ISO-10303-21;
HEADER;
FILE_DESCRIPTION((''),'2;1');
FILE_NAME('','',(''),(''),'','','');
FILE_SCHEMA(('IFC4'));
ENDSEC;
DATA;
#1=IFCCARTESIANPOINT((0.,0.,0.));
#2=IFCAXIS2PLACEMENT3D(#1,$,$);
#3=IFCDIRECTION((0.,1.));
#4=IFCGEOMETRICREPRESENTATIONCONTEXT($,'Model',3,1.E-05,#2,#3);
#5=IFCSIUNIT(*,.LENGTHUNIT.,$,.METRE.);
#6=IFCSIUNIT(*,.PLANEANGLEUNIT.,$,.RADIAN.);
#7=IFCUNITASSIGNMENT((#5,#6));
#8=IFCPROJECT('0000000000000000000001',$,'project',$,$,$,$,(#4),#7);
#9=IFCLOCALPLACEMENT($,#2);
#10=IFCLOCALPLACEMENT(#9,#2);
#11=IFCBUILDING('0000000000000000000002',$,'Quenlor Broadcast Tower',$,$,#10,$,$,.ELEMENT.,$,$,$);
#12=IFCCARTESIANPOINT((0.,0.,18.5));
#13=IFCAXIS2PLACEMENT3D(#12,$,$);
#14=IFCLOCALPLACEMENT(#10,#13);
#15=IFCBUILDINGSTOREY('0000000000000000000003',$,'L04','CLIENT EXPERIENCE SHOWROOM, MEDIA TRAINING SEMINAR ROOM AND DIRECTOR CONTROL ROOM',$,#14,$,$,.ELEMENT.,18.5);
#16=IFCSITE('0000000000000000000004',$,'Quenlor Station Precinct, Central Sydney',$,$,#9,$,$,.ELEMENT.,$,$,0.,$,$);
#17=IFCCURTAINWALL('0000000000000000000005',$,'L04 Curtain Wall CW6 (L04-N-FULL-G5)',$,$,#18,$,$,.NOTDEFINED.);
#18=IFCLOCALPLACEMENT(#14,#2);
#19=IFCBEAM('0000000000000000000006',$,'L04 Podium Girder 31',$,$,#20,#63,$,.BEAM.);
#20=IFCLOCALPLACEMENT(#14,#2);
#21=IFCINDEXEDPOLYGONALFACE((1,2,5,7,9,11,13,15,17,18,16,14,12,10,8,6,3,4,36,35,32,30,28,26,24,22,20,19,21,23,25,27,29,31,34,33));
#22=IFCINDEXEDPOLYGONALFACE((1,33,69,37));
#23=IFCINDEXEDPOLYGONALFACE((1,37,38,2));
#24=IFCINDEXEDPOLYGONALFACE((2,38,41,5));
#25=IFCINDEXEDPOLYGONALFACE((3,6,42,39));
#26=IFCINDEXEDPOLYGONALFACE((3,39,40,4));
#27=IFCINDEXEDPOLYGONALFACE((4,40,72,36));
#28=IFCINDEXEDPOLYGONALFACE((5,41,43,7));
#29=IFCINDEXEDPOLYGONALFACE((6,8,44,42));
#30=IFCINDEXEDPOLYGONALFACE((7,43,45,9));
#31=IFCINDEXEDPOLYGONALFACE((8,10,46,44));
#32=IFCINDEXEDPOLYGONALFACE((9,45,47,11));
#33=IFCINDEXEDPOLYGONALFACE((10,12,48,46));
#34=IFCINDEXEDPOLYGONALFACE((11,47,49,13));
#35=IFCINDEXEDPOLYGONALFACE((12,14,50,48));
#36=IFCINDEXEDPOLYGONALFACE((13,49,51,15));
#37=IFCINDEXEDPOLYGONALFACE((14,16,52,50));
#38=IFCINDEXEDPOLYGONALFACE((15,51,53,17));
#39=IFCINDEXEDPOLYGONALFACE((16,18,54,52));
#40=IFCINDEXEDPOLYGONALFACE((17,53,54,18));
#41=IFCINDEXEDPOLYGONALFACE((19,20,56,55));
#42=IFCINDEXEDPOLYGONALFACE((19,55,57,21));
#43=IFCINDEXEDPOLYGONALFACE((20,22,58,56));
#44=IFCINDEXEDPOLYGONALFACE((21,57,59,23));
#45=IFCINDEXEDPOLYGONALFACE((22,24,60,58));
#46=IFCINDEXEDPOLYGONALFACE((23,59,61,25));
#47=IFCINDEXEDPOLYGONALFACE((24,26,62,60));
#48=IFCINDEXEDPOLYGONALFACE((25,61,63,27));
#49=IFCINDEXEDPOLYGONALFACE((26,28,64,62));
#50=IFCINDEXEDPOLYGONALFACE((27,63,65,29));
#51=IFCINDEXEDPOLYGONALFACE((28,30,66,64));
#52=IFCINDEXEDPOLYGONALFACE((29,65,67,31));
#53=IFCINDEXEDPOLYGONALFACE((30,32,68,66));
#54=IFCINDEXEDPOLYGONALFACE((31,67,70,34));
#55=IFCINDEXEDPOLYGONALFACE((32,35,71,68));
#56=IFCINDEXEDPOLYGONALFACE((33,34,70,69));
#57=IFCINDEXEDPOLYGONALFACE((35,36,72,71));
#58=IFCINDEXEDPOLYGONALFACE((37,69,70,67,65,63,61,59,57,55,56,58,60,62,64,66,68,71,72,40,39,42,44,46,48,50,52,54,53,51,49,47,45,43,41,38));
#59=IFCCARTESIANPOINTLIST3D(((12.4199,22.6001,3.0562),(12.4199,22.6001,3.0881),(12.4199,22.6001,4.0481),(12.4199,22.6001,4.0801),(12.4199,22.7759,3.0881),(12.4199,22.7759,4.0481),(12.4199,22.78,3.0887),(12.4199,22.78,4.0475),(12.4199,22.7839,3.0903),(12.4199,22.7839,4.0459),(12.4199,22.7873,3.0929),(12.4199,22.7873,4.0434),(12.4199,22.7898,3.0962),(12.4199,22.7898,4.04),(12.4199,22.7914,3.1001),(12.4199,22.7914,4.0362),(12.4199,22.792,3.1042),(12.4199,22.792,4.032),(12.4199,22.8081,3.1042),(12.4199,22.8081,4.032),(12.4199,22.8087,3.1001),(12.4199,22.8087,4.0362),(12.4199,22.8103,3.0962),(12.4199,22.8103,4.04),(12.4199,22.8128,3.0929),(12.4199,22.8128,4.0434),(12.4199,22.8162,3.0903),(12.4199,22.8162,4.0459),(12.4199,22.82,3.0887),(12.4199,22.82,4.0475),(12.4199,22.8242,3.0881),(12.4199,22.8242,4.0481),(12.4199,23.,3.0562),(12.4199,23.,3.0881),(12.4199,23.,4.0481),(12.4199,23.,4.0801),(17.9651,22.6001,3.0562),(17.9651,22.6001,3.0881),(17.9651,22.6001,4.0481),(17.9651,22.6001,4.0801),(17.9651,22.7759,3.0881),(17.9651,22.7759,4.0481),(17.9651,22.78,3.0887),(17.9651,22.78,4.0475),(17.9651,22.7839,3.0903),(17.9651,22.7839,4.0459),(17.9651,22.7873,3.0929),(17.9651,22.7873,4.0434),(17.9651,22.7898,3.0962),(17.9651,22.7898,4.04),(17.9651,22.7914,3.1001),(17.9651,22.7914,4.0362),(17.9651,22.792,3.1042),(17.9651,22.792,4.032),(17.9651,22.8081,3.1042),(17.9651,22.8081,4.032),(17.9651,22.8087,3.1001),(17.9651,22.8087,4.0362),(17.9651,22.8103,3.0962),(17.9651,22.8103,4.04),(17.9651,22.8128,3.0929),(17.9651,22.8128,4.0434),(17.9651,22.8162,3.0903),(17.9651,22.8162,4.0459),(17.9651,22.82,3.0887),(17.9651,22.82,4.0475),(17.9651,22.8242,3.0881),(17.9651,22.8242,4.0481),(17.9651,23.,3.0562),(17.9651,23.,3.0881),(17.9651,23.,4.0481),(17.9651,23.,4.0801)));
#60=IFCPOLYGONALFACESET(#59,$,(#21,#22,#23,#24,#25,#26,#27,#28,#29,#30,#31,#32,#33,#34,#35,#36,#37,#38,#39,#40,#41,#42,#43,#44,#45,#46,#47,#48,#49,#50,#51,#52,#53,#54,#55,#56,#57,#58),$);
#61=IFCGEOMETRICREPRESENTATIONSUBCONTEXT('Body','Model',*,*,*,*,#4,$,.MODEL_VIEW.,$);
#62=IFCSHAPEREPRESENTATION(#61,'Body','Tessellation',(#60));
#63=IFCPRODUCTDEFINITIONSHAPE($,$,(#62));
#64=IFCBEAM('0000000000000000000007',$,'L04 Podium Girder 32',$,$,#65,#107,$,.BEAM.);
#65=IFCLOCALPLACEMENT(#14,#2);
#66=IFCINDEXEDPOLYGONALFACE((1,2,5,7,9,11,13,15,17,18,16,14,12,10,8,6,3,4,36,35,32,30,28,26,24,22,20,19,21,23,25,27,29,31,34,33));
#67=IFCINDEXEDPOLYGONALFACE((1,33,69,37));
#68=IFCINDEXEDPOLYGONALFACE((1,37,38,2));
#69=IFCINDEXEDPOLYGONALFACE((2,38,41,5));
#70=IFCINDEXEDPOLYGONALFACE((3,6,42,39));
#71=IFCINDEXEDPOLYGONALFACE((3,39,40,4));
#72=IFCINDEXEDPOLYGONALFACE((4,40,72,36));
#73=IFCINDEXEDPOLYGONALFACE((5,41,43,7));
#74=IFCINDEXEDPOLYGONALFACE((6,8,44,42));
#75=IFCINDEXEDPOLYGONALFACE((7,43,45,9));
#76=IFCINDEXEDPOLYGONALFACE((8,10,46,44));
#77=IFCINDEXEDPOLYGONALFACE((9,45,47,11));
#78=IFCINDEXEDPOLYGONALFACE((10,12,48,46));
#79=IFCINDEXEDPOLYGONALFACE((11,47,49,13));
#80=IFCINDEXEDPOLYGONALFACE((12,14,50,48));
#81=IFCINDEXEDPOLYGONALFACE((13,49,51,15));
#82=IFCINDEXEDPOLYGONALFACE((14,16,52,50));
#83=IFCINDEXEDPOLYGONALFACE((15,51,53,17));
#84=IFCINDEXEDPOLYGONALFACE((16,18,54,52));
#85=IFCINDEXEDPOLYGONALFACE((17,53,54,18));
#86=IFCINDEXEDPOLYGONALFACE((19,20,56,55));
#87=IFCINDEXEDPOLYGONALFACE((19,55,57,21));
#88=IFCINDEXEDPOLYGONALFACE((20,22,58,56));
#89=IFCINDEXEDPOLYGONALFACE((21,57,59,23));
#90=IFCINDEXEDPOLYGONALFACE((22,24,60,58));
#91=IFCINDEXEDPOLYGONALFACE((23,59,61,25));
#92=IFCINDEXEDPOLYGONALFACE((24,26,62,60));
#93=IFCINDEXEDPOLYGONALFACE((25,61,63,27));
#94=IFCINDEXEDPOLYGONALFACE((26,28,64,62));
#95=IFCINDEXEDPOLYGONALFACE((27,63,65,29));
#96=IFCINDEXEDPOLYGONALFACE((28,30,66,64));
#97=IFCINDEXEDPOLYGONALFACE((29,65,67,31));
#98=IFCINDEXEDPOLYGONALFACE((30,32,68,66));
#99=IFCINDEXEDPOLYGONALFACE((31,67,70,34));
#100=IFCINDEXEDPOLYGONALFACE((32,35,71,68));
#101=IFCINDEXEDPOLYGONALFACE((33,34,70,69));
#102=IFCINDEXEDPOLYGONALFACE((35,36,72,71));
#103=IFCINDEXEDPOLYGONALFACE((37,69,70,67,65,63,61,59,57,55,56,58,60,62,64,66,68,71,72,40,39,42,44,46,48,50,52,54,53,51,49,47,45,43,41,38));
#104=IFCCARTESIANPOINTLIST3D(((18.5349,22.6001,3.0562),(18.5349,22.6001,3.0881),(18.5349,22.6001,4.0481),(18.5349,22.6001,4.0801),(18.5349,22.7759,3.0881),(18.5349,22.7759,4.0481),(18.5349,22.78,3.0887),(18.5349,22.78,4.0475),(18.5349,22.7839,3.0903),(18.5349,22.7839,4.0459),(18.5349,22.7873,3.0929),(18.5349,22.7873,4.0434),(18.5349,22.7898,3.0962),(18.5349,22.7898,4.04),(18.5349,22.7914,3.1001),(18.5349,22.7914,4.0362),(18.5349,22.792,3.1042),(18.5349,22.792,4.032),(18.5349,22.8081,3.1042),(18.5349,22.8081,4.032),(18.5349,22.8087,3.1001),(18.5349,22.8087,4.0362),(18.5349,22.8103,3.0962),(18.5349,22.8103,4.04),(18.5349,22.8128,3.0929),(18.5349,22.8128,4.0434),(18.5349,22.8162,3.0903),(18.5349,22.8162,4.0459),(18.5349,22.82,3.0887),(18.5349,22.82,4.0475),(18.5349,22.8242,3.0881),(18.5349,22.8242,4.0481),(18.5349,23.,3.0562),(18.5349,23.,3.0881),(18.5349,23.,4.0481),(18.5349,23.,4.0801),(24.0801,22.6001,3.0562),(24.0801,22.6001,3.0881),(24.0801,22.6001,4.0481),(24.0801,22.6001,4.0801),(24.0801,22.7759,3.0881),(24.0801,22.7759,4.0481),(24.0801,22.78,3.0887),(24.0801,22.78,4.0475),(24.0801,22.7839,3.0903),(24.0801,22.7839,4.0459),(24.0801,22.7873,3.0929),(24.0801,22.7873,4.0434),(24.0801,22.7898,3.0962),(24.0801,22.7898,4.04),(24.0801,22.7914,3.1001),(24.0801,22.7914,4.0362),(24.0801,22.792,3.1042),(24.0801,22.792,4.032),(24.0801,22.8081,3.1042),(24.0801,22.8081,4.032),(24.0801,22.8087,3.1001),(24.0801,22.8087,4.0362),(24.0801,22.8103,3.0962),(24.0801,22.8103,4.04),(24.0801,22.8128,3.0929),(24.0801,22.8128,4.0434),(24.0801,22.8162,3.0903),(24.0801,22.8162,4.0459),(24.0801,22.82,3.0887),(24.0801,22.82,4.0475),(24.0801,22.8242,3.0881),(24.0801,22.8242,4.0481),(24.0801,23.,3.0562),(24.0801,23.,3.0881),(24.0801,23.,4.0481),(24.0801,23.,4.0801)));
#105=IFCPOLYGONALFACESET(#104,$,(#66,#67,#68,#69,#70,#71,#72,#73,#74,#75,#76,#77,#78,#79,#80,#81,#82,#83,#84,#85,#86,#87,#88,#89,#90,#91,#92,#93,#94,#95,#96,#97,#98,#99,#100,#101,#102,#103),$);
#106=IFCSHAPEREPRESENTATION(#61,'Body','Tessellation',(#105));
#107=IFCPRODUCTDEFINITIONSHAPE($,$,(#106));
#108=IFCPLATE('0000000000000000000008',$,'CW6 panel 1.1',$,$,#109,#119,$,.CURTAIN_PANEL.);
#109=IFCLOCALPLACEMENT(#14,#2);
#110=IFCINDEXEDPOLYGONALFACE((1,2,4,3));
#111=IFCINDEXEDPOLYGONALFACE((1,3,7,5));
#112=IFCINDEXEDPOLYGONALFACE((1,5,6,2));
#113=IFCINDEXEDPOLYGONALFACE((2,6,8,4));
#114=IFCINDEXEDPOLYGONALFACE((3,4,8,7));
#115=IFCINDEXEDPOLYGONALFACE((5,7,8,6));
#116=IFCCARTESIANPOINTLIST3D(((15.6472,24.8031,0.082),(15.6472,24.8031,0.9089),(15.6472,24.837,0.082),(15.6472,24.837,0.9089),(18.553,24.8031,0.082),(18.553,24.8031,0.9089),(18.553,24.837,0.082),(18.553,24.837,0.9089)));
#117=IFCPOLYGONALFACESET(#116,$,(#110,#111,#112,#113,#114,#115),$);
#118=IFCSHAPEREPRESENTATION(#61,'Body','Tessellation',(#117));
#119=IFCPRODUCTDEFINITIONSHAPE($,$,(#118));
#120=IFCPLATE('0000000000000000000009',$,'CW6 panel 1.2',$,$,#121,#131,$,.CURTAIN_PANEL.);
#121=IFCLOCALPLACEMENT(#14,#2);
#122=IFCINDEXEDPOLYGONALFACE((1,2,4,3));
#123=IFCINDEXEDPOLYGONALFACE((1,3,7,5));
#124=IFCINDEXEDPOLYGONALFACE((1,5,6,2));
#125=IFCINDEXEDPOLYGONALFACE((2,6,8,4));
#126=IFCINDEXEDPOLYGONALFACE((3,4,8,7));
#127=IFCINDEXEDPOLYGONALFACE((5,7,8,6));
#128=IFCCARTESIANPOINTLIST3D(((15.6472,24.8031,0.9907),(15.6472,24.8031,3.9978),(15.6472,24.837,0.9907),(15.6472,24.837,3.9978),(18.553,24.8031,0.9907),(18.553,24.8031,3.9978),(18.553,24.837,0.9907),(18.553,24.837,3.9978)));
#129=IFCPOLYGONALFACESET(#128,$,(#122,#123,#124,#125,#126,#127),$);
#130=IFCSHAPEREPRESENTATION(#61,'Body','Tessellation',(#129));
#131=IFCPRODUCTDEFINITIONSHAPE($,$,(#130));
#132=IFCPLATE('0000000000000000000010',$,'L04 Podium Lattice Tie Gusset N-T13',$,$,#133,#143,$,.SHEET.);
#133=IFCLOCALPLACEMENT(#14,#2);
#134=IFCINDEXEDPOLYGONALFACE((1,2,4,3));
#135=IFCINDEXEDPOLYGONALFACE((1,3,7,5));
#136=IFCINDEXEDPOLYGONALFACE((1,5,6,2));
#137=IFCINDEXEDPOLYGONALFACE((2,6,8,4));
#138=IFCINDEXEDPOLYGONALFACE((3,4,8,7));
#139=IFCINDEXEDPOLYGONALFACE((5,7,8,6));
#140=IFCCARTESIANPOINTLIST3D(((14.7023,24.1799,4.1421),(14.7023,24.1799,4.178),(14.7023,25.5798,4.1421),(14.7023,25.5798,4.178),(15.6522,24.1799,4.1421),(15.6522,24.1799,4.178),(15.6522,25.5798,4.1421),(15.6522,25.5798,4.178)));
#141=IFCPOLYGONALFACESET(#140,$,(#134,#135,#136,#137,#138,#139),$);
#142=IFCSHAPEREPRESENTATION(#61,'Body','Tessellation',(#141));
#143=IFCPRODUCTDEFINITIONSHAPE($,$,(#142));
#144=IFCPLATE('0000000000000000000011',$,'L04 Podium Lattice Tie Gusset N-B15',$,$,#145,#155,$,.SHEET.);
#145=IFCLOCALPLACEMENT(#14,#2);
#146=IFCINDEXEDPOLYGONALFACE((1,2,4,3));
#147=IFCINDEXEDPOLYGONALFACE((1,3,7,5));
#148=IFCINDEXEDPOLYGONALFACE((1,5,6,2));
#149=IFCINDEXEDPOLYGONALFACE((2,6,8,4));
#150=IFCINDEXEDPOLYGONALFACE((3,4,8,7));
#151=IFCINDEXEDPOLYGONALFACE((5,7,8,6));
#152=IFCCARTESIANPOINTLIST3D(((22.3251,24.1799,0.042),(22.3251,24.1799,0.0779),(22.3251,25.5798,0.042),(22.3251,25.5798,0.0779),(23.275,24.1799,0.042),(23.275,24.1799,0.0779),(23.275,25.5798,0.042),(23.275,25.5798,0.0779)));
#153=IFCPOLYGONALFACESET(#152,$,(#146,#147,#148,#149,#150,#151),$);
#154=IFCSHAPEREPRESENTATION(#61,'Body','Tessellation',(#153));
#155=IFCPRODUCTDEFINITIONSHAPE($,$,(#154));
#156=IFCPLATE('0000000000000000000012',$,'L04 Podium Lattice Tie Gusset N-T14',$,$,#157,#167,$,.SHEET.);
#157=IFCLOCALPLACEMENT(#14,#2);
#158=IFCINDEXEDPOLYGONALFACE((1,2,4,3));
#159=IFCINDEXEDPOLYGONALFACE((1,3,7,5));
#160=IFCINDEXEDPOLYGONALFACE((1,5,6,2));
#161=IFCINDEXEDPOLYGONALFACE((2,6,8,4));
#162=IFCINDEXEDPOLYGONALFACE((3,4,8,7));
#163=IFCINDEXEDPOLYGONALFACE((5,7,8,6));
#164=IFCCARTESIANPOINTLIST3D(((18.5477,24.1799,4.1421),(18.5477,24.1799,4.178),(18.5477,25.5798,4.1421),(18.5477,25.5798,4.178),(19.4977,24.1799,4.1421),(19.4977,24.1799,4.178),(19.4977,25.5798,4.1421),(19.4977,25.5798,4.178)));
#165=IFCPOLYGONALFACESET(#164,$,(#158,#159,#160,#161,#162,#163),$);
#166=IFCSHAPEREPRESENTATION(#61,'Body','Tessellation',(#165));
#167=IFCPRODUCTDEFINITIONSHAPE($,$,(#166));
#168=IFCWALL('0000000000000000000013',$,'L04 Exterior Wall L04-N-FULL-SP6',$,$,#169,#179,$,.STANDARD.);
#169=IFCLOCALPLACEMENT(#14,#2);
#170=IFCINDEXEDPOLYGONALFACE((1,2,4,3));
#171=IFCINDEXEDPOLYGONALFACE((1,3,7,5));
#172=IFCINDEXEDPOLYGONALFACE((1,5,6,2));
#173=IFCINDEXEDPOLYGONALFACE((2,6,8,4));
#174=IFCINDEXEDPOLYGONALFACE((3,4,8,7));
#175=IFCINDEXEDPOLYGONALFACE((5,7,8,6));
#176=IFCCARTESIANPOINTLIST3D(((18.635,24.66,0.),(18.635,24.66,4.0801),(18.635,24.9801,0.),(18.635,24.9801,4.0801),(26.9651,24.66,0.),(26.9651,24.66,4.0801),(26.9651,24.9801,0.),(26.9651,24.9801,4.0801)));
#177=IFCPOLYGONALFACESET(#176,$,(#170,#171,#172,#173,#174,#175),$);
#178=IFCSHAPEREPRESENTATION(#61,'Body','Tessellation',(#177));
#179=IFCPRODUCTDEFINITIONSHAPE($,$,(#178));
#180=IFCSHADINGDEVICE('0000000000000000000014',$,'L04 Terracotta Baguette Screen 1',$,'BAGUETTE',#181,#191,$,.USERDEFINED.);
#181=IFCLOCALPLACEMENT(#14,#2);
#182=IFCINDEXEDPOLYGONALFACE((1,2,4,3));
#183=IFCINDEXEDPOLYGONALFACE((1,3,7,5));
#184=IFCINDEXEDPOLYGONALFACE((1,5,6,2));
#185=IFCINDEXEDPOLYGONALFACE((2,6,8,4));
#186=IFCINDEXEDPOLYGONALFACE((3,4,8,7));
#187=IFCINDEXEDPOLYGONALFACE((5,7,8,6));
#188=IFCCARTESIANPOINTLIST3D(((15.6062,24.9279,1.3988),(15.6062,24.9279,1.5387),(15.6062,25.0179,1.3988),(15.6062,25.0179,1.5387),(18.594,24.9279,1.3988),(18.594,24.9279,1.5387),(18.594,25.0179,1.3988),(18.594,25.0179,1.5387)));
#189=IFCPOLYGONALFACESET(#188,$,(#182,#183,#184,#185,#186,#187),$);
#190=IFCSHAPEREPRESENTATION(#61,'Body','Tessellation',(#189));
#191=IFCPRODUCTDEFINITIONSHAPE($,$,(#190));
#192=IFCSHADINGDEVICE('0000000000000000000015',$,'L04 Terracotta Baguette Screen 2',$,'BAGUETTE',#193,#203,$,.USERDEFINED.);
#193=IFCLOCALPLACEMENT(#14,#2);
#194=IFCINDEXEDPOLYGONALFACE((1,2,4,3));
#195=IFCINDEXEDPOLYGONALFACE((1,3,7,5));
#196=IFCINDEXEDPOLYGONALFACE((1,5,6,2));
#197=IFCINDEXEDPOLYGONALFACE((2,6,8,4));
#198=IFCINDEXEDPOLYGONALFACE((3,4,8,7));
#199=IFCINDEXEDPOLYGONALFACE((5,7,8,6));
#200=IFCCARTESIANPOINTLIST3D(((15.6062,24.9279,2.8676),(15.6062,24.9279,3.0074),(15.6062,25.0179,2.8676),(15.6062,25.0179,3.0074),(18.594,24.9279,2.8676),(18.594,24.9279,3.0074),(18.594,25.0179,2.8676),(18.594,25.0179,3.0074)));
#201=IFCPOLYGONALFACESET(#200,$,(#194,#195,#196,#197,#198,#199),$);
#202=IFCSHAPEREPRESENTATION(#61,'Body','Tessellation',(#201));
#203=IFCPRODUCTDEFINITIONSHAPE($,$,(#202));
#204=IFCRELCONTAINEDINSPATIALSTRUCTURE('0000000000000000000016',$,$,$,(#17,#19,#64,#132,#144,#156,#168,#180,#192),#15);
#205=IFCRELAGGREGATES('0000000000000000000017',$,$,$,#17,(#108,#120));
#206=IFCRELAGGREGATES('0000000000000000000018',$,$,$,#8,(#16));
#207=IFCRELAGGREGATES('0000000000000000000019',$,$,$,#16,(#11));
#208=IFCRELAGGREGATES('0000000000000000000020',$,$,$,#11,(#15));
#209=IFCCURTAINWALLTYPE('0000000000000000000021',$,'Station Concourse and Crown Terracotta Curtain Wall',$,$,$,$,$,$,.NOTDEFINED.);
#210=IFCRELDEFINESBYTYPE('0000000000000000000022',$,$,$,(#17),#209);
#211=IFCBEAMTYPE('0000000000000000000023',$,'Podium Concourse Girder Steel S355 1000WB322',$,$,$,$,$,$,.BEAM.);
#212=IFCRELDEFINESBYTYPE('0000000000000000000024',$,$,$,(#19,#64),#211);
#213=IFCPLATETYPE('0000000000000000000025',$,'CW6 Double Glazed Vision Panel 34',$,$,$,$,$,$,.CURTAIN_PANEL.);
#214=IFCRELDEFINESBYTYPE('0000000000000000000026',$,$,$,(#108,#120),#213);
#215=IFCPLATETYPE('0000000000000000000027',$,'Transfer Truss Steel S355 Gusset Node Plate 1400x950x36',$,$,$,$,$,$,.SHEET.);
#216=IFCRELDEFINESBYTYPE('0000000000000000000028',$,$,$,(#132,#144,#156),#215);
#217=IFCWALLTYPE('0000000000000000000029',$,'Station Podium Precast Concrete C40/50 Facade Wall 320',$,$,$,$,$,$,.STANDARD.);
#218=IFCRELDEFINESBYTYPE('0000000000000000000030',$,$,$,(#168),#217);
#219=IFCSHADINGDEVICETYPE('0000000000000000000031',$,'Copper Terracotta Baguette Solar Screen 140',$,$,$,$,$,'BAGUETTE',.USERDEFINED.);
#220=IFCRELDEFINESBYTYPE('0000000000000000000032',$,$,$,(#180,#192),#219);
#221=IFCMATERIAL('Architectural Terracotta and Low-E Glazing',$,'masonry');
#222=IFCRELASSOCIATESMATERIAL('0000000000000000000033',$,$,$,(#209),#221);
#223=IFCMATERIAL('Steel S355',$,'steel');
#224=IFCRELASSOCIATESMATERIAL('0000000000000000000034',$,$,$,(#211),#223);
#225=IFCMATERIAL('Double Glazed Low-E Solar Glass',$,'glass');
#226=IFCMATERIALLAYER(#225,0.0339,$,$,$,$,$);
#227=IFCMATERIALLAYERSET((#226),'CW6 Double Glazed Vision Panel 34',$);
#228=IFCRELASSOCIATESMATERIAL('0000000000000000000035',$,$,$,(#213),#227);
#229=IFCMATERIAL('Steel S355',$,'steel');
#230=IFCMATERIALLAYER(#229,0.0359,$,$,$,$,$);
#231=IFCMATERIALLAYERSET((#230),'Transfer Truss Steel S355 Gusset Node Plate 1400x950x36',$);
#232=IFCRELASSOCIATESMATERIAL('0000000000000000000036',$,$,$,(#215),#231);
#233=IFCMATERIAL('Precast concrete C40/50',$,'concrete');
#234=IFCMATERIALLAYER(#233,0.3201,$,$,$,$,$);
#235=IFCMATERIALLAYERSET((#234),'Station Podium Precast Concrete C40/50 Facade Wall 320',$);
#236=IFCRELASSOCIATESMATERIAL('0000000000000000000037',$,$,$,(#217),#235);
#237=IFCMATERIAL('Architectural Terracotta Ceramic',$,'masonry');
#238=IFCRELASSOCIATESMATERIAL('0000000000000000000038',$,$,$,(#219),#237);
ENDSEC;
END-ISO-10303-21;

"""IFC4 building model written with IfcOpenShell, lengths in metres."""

from ifc_helpers import new_model, si_unit, direction, frame, frame_2d, origin, origin_2d, place, context, subcontext, project, spatial, rectangle, i_section, extrude, material, layer, layer_set, material_profile, profile_set, type_object, element, aggregate, save


model = new_model("IFC4")

# Units and contexts
model_context = context("Model", 3, precision=1e-05, world=origin(), true_north=direction((0.0, 1.0)))
body_context = subcontext(model_context, "Body", "Model", "MODEL_VIEW")
ifc_project = project(units=[si_unit("LENGTHUNIT", "METRE"), si_unit("PLANEANGLEUNIT", "RADIAN")], contexts=[model_context])

# Site, building, storey
site_placement = place(None, origin())
site = spatial("IfcSite", under=ifc_project, at=site_placement, Name="Quenlor Station Precinct, Central Sydney", CompositionType="ELEMENT", RefElevation=0.0)
building_placement = place(site_placement, origin())
building = spatial("IfcBuilding", under=site, at=building_placement, Name="Quenlor Broadcast Tower", CompositionType="ELEMENT")
storey_placement = place(building_placement, frame((0.0, 0.0, 18.5)))
storey = spatial("IfcBuildingStorey", under=building, at=storey_placement, Name="L04", Description="CLIENT EXPERIENCE SHOWROOM, MEDIA TRAINING SEMINAR ROOM AND DIRECTOR CONTROL ROOM", CompositionType="ELEMENT", Elevation=18.5)

# Curtain wall
ifc_material_1 = material(Name="Architectural Terracotta and Low-E Glazing", Category="masonry")
curtain_wall_type = type_object("IfcCurtainWallType", Name="Station Concourse and Crown Terracotta Curtain Wall", PredefinedType="NOTDEFINED", material=ifc_material_1)
curtain_wall_placement = place(storey_placement, origin())
curtain_wall = element("IfcCurtainWall", 1, at=curtain_wall_placement, inside=storey, type_object=curtain_wall_type, Name="L04 Curtain Wall CW6 (L04-N-FULL-G5)", PredefinedType="NOTDEFINED")

# Beams
ifc_material_2 = material(Name="Steel S355", Category="steel")
ifc_material_profile_1 = material_profile(ifc_material_2, i_section(OverallWidth=0.3999, OverallDepth=1.0239, WebThickness=0.0161, FlangeThickness=0.032, FilletRadius=0.0161, at=origin_2d()))
ifc_profile_set_1 = profile_set([ifc_material_profile_1], Name="Steel S355 1000WB322")
beam_type = type_object("IfcBeamType", Name="Podium Concourse Girder Steel S355 1000WB322", PredefinedType="BEAM", material=ifc_profile_set_1)
for number, where, z_axis, x_axis, name in (
    (2, (12.4199, 22.8, 3.5681), (1.0, 0.0, 0.0), (0.0, 1.0, 0.0), "L04 Podium Girder 31"),
    (3, (18.5349, 22.8, 3.5681), (1.0, 0.0, 0.0), (0.0, 1.0, 0.0), "L04 Podium Girder 32"),
):
    element("IfcBeam", number, at=place(storey_placement, frame(where, z_axis=z_axis, x_axis=x_axis)), inside=storey, type_object=beam_type, Name=name, PredefinedType="BEAM", context=body_context, shape_type="SweptSolid", body=[
        extrude(i_section(OverallWidth=0.3999, OverallDepth=1.0239, WebThickness=0.0161, FlangeThickness=0.032, FilletRadius=0.0161, at=origin_2d()), origin(), (0.0, 0.0, 1.0), 5.5452),
    ])

# Plates
ifc_material_3 = material(Name="Double Glazed Low-E Solar Glass", Category="glass")
ifc_layer_1 = layer(ifc_material_3, 0.0339)
ifc_layer_set_1 = layer_set([ifc_layer_1], Name="CW6 Double Glazed Vision Panel 34")
plate_type_1 = type_object("IfcPlateType", Name="CW6 Double Glazed Vision Panel 34", PredefinedType="CURTAIN_PANEL", material=ifc_layer_set_1)
plate_1_placement = place(storey_placement, frame((17.1001, 24.8201, 0.082), z_axis=(0.0, 0.0, 1.0), x_axis=(1.0, 0.0, 0.0)))
plate_1 = element("IfcPlate", 4, at=plate_1_placement, type_object=plate_type_1, Name="CW6 panel 1.1", PredefinedType="CURTAIN_PANEL", context=body_context, shape_type="SweptSolid", body=[
    extrude(rectangle(XDim=2.9058, YDim=0.0339, at=origin_2d()), origin(), (0.0, 0.0, 1.0), 0.8269),
])
plate_2_placement = place(storey_placement, frame((17.1001, 24.8201, 0.9907), z_axis=(0.0, 0.0, 1.0), x_axis=(1.0, 0.0, 0.0)))
plate_2 = element("IfcPlate", 5, at=plate_2_placement, type_object=plate_type_1, Name="CW6 panel 1.2", PredefinedType="CURTAIN_PANEL", context=body_context, shape_type="SweptSolid", body=[
    extrude(rectangle(XDim=2.9058, YDim=0.0339, at=origin_2d()), origin(), (0.0, 0.0, 1.0), 3.0071),
])
aggregate(curtain_wall, [plate_1, plate_2])

# Plates
ifc_material_4 = material(Name="Steel S355", Category="steel")
ifc_layer_2 = layer(ifc_material_4, 0.0359)
ifc_layer_set_2 = layer_set([ifc_layer_2], Name="Transfer Truss Steel S355 Gusset Node Plate 1400x950x36")
plate_type_2 = type_object("IfcPlateType", Name="Transfer Truss Steel S355 Gusset Node Plate 1400x950x36", PredefinedType="SHEET", material=ifc_layer_set_2)
for number, where, z_axis, x_axis, name in (
    (6, (15.1772, 24.8799, 4.1421), (0.0, 0.0, 1.0), (0.0, 1.0, 0.0), "L04 Podium Lattice Tie Gusset N-T13"),
    (7, (22.8, 24.8799, 0.042), (0.0, 0.0, 1.0), (0.0, 1.0, 0.0), "L04 Podium Lattice Tie Gusset N-B15"),
    (8, (19.0227, 24.8799, 4.1421), (0.0, 0.0, 1.0), (0.0, 1.0, 0.0), "L04 Podium Lattice Tie Gusset N-T14"),
):
    element("IfcPlate", number, at=place(storey_placement, frame(where, z_axis=z_axis, x_axis=x_axis)), inside=storey, type_object=plate_type_2, Name=name, PredefinedType="SHEET", context=body_context, shape_type="SweptSolid", body=[
        extrude(rectangle(XDim=1.3999, YDim=0.95, at=origin_2d()), origin(), (0.0, 0.0, 1.0), 0.0359),
    ])

# Wall
ifc_material_5 = material(Name="Precast concrete C40/50", Category="concrete")
ifc_layer_3 = layer(ifc_material_5, 0.3201)
ifc_layer_set_3 = layer_set([ifc_layer_3], Name="Station Podium Precast Concrete C40/50 Facade Wall 320")
wall_type = type_object("IfcWallType", Name="Station Podium Precast Concrete C40/50 Facade Wall 320", PredefinedType="STANDARD", material=ifc_layer_set_3)
wall_placement = place(storey_placement, frame((18.635, 24.8201, 0.0), z_axis=(0.0, 0.0, 1.0), x_axis=(1.0, 0.0, 0.0)))
element("IfcWall", 9, at=wall_placement, inside=storey, type_object=wall_type, Name="L04 Exterior Wall L04-N-FULL-SP6", PredefinedType="STANDARD", context=body_context, shape_type="SweptSolid", body=[
    extrude(rectangle(XDim=8.3301, YDim=0.3201, at=frame_2d((4.165, 0.0))), origin(), (0.0, 0.0, 1.0), 4.0801),
])

# Shading devices
ifc_material_6 = material(Name="Architectural Terracotta Ceramic", Category="masonry")
ifc_material_profile_2 = material_profile(ifc_material_6, rectangle(XDim=0.0901, YDim=0.1399, at=origin_2d()))
ifc_profile_set_2 = profile_set([ifc_material_profile_2], Name="Architectural Terracotta Ceramic BAG90x140")
shading_device_type = type_object("IfcShadingDeviceType", Name="Copper Terracotta Baguette Solar Screen 140", ElementType="BAGUETTE", PredefinedType="USERDEFINED", material=ifc_profile_set_2)
for number, where, z_axis, x_axis, name in (
    (10, (15.6062, 24.9729, 1.4688), (1.0, 0.0, 0.0), (0.0, 1.0, 0.0), "L04 Terracotta Baguette Screen 1"),
    (11, (15.6062, 24.9729, 2.9375), (1.0, 0.0, 0.0), (0.0, 1.0, 0.0), "L04 Terracotta Baguette Screen 2"),
):
    element("IfcShadingDevice", number, at=place(storey_placement, frame(where, z_axis=z_axis, x_axis=x_axis)), inside=storey, type_object=shading_device_type, Name=name, ObjectType="BAGUETTE", PredefinedType="USERDEFINED", context=body_context, shape_type="SweptSolid", body=[
        extrude(rectangle(XDim=0.0901, YDim=0.1399, at=origin_2d()), origin(), (0.0, 0.0, 1.0), 2.9878),
    ])

save(model, "model.ifc")
